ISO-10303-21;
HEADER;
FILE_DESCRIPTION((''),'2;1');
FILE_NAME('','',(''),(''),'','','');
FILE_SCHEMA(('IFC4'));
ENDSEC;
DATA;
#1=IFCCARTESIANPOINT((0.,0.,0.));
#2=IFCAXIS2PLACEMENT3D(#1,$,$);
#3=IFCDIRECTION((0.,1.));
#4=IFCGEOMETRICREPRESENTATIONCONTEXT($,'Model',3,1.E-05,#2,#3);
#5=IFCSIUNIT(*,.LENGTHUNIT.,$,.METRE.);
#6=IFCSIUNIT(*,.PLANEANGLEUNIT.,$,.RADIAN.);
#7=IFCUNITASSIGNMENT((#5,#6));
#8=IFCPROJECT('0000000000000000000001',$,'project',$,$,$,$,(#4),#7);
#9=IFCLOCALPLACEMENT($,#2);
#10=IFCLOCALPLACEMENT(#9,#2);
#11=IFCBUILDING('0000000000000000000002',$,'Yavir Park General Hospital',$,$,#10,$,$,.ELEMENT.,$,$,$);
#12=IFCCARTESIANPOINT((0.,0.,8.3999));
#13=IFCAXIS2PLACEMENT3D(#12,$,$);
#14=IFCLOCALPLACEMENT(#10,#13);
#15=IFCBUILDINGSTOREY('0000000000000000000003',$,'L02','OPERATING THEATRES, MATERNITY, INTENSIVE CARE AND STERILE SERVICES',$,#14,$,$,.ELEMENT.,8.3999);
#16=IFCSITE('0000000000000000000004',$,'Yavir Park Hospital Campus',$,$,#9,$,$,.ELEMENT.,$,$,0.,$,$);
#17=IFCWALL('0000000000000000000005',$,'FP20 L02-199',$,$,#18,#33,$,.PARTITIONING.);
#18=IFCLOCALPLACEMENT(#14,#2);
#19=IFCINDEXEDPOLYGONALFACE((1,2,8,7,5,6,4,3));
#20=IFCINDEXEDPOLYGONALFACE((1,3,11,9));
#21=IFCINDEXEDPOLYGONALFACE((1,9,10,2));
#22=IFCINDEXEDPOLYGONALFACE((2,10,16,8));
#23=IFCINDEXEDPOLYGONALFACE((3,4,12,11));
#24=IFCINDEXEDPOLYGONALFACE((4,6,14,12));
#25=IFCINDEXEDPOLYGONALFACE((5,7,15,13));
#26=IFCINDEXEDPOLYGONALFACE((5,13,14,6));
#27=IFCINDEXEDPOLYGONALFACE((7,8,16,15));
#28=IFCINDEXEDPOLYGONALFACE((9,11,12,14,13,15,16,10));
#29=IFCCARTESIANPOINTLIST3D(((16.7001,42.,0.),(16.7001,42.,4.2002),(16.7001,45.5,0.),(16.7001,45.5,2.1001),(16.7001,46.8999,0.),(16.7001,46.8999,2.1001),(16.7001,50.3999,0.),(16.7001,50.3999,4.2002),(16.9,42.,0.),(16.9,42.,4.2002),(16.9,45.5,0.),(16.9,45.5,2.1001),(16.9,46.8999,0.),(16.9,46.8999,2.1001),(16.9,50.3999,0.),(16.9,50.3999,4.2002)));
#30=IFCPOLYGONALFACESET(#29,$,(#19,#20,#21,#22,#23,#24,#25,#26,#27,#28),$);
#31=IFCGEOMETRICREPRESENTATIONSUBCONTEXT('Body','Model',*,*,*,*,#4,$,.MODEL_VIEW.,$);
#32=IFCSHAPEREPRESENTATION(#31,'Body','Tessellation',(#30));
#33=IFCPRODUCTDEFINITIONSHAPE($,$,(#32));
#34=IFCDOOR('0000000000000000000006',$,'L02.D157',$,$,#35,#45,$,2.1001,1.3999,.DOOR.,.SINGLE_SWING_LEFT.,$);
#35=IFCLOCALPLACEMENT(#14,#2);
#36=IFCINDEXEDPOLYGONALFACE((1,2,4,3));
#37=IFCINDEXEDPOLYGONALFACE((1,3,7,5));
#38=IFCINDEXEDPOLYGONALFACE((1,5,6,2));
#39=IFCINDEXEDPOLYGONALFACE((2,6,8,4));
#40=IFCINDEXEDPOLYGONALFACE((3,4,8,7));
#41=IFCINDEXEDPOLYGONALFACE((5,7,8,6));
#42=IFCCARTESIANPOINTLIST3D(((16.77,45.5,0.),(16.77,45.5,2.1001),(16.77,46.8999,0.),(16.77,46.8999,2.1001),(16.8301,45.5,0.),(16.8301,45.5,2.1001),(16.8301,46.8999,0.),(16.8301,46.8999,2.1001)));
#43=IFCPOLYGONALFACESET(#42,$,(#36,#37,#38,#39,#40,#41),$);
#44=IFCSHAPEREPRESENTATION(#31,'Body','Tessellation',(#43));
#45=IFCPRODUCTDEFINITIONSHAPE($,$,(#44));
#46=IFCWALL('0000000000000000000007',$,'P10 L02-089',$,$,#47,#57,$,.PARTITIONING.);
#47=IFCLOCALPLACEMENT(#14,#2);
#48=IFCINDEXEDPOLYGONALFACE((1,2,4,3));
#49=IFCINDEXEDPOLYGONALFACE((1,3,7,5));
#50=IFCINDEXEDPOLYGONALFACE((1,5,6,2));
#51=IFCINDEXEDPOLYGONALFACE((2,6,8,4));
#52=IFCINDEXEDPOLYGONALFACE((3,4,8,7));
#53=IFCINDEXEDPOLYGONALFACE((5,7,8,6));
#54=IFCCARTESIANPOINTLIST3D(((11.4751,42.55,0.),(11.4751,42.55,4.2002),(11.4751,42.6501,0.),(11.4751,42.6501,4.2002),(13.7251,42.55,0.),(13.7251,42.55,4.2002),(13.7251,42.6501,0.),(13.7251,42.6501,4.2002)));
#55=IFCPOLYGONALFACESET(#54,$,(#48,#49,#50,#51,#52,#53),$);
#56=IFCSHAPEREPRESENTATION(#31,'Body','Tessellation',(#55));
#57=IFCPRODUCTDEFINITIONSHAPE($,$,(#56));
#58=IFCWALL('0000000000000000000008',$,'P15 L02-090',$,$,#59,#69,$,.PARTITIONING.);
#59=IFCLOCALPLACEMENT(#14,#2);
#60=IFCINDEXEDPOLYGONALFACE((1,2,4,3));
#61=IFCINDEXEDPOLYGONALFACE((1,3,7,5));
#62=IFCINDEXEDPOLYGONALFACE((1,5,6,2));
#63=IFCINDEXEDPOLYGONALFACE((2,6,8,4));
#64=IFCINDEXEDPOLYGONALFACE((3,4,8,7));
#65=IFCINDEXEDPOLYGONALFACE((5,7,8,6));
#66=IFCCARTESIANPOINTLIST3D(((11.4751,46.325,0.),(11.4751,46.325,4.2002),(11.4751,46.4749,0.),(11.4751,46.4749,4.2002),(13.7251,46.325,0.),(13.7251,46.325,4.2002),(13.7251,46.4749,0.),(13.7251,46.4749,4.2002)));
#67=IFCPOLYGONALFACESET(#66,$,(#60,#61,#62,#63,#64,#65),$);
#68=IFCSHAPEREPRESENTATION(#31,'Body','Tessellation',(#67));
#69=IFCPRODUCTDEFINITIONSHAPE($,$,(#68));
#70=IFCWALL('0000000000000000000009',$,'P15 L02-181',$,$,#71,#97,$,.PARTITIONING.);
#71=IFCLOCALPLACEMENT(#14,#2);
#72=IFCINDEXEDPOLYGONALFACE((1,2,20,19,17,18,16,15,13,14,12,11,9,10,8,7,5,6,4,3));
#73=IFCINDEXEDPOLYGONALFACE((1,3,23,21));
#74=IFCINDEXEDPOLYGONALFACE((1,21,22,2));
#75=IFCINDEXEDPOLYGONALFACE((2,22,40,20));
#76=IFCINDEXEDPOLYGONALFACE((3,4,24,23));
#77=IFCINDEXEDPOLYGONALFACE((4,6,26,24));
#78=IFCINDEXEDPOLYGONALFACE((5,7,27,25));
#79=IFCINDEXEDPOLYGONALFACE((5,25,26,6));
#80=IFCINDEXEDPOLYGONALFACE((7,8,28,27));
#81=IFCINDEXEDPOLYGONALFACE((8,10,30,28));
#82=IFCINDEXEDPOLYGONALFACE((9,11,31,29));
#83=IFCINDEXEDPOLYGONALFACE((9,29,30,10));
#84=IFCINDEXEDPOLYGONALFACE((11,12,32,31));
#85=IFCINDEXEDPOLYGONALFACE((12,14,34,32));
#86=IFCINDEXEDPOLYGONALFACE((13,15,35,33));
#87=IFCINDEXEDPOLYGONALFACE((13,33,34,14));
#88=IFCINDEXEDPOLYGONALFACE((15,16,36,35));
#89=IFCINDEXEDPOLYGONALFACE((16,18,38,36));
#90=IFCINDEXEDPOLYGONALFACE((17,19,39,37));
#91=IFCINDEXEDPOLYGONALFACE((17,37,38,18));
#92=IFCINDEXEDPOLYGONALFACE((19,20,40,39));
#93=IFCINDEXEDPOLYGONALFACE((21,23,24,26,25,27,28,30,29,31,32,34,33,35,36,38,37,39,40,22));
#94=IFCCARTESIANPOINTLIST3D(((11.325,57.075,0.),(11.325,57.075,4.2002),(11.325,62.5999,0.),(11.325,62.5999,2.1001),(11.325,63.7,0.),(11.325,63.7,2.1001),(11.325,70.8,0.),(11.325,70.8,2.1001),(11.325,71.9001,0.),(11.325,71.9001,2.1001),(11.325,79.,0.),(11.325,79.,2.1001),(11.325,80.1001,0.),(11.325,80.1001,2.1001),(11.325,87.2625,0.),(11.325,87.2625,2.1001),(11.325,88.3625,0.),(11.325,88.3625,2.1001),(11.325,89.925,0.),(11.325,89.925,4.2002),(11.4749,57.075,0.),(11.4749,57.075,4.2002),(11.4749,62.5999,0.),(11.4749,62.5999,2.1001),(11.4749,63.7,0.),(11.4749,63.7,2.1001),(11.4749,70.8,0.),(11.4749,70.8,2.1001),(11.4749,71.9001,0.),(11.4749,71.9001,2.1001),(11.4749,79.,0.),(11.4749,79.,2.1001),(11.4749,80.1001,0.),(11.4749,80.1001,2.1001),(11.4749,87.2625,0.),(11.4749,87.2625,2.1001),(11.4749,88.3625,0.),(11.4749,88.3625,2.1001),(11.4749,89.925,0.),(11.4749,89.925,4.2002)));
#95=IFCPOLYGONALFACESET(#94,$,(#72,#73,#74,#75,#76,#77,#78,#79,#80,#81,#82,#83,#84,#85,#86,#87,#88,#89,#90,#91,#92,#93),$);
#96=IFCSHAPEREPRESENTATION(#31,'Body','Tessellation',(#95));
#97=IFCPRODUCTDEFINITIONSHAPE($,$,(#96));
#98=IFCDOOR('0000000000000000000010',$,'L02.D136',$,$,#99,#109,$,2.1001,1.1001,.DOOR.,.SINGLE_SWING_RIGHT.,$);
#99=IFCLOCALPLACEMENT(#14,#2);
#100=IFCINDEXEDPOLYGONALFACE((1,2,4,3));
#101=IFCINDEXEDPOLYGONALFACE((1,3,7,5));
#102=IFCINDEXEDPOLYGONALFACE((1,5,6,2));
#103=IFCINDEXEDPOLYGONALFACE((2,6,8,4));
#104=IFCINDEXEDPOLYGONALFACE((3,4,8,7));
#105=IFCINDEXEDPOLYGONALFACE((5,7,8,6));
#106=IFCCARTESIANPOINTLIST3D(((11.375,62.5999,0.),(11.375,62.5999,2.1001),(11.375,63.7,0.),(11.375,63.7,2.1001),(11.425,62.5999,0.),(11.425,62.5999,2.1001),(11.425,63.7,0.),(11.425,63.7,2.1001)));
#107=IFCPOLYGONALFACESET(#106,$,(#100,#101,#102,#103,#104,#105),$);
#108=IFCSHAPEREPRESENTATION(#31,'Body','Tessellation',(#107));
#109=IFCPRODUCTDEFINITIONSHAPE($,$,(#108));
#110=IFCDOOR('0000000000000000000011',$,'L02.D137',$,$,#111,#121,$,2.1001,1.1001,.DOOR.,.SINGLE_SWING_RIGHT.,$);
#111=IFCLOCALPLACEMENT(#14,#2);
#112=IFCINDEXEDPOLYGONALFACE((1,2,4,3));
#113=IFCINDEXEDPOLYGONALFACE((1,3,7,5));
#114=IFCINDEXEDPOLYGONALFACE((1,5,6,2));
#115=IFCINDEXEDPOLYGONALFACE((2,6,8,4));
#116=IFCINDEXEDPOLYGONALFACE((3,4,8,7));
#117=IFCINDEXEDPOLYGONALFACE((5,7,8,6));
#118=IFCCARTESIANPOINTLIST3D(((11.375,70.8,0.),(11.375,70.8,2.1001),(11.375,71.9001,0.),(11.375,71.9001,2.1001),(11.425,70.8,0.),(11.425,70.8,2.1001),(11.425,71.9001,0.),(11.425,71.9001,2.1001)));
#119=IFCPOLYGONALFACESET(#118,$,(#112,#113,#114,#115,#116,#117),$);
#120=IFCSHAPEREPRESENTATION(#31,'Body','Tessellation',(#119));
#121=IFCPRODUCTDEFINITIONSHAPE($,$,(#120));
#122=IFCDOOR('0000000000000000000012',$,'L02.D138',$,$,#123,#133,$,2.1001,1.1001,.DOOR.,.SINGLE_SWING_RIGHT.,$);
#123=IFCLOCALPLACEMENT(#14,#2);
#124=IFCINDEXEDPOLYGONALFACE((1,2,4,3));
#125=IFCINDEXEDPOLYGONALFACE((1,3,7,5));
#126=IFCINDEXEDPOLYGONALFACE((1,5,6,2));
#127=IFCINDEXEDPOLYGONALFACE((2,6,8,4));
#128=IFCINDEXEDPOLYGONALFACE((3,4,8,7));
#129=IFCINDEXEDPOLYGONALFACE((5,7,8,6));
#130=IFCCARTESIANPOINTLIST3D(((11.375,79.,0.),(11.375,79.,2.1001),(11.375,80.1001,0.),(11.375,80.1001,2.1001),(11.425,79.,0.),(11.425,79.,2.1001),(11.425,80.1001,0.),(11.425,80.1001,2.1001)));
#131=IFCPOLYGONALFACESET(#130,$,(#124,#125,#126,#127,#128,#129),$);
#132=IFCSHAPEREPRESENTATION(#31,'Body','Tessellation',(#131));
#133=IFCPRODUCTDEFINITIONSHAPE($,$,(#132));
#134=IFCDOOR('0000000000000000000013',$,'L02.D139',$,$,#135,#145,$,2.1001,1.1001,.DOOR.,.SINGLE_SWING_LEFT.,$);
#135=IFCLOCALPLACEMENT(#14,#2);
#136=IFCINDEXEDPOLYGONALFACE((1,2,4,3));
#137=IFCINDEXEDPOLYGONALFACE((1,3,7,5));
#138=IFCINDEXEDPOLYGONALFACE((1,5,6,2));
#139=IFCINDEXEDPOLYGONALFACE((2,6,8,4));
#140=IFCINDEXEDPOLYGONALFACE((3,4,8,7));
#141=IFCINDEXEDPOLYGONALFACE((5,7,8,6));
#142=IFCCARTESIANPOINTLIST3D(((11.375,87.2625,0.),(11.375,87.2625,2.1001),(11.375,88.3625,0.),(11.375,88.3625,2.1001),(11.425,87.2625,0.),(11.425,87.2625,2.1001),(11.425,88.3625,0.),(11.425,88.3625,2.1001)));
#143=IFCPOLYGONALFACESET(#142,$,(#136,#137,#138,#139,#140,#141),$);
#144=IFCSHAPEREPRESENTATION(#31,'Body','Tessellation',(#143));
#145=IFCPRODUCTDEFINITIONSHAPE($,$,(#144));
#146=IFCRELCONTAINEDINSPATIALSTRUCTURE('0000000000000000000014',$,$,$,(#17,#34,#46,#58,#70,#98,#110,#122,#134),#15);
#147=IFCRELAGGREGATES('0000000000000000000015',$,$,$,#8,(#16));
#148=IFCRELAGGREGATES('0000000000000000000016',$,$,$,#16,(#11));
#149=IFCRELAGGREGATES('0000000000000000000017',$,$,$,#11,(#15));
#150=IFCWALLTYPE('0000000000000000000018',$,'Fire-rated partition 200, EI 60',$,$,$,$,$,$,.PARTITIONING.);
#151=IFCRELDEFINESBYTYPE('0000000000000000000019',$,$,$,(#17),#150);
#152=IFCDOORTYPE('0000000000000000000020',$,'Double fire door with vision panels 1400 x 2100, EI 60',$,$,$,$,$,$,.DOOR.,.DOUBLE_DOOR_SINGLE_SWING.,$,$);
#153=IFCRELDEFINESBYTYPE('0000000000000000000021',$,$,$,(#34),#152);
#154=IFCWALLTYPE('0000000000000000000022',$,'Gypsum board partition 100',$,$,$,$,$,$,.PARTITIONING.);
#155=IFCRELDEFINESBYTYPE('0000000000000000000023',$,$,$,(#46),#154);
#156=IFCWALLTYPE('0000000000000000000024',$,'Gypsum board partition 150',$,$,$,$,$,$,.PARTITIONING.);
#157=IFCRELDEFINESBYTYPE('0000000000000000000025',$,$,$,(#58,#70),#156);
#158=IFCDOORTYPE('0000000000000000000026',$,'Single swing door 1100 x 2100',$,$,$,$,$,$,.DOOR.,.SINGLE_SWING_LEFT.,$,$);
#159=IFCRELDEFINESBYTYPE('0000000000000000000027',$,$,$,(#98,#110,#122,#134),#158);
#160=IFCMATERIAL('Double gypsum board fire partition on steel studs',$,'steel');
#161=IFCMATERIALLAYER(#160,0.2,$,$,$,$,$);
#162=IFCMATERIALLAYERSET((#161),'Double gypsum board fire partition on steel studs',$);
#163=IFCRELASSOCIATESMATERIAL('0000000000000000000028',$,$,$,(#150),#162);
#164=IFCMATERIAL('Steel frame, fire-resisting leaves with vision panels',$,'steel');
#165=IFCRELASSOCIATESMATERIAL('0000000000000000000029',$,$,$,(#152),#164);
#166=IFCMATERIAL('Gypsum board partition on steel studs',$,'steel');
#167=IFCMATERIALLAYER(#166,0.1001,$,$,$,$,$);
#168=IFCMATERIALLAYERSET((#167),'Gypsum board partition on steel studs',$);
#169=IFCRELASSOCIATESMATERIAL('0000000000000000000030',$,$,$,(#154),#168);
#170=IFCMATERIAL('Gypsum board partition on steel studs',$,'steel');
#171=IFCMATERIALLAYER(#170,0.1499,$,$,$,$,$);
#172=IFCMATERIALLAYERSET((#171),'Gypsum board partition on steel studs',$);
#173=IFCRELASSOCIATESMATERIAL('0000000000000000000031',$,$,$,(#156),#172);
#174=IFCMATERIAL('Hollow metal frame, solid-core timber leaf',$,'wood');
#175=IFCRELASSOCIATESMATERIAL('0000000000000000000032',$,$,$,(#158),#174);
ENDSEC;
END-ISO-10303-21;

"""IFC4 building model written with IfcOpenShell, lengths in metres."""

from ifc_helpers import new_model, si_unit, direction, frame, frame_2d, origin, place, context, subcontext, project, spatial, rectangle, extrude, material, layer, layer_set, type_object, element, fill, save


model = new_model("IFC4")

# Units and contexts
model_context = context("Model", 3, precision=1e-05, world=origin(), true_north=direction((0.0, 1.0)))
body_context = subcontext(model_context, "Body", "Model", "MODEL_VIEW")
ifc_project = project(units=[si_unit("LENGTHUNIT", "METRE"), si_unit("PLANEANGLEUNIT", "RADIAN")], contexts=[model_context])

# Site, building, storey
site_placement = place(None, origin())
site = spatial("IfcSite", under=ifc_project, at=site_placement, Name="Yavir Park Hospital Campus", CompositionType="ELEMENT", RefElevation=0.0)
building_placement = place(site_placement, origin())
building = spatial("IfcBuilding", under=site, at=building_placement, Name="Yavir Park General Hospital", CompositionType="ELEMENT")
storey_placement = place(building_placement, frame((0.0, 0.0, 8.3999)))
storey = spatial("IfcBuildingStorey", under=building, at=storey_placement, Name="L02", Description="OPERATING THEATRES, MATERNITY, INTENSIVE CARE AND STERILE SERVICES", CompositionType="ELEMENT", Elevation=8.3999)

# Wall, opening, door
ifc_material_1 = material(Name="Double gypsum board fire partition on steel studs", Category="steel")
ifc_layer_1 = layer(ifc_material_1, 0.2)
ifc_layer_set_1 = layer_set([ifc_layer_1], Name="Double gypsum board fire partition on steel studs")
wall_type_1 = type_object("IfcWallType", Name="Fire-rated partition 200, EI 60", PredefinedType="PARTITIONING", material=ifc_layer_set_1)
wall_1_placement = place(storey_placement, frame((16.8, 42.0, 0.0), z_axis=(0.0, 0.0, 1.0), x_axis=(0.0, 1.0, 0.0)))
wall_1 = element("IfcWall", 1, at=wall_1_placement, inside=storey, type_object=wall_type_1, Name="FP20 L02-199", PredefinedType="PARTITIONING", context=body_context, shape_type="SweptSolid", body=[
    extrude(rectangle(XDim=8.3999, YDim=0.2, at=frame_2d((4.2, 0.0))), origin(), (0.0, 0.0, 1.0), 4.2002),
])
opening_1_placement = place(wall_1_placement, frame((3.5, 0.0, 0.0)))
opening_1 = element("IfcOpeningElement", 2, at=opening_1_placement, cuts=wall_1, PredefinedType="OPENING", context=body_context, shape_type="SweptSolid", body=[
    extrude(rectangle(XDim=1.3999, YDim=2.1001, at=frame_2d((0.7, 1.05))), frame((0.0, 0.1099, 0.0), z_axis=(0.0, -1.0, 0.0), x_axis=(1.0, 0.0, 0.0)), (0.0, 0.0, 1.0), 0.22),
])
ifc_material_2 = material(Name="Steel frame, fire-resisting leaves with vision panels", Category="steel")
door_type_1 = type_object("IfcDoorType", Name="Double fire door with vision panels 1400 x 2100, EI 60", OperationType="DOUBLE_DOOR_SINGLE_SWING", PredefinedType="DOOR", material=ifc_material_2)
door_1_placement = place(opening_1_placement, origin())
door_1 = element("IfcDoor", 3, at=door_1_placement, inside=storey, type_object=door_type_1, Name="L02.D157", OperationType="SINGLE_SWING_LEFT", OverallHeight=2.1001, OverallWidth=1.3999, PredefinedType="DOOR", context=body_context, shape_type="SweptSolid", body=[
    extrude(rectangle(XDim=1.3999, YDim=2.1001, at=frame_2d((0.7, 1.05))), frame((0.0, 0.03, 0.0), z_axis=(0.0, -1.0, 0.0), x_axis=(1.0, 0.0, 0.0)), (0.0, 0.0, 1.0), 0.0601),
])
fill(opening_1, door_1)

# Walls
ifc_material_3 = material(Name="Gypsum board partition on steel studs", Category="steel")
ifc_layer_2 = layer(ifc_material_3, 0.1001)
ifc_layer_set_2 = layer_set([ifc_layer_2], Name="Gypsum board partition on steel studs")
wall_type_2 = type_object("IfcWallType", Name="Gypsum board partition 100", PredefinedType="PARTITIONING", material=ifc_layer_set_2)
wall_2_placement = place(storey_placement, frame((11.4751, 42.6001, 0.0), z_axis=(0.0, 0.0, 1.0), x_axis=(1.0, 0.0, 0.0)))
element("IfcWall", 4, at=wall_2_placement, inside=storey, type_object=wall_type_2, Name="P10 L02-089", PredefinedType="PARTITIONING", context=body_context, shape_type="SweptSolid", body=[
    extrude(rectangle(XDim=2.25, YDim=0.1001, at=frame_2d((1.125, 0.0))), origin(), (0.0, 0.0, 1.0), 4.2002),
])
ifc_material_4 = material(Name="Gypsum board partition on steel studs", Category="steel")
ifc_layer_3 = layer(ifc_material_4, 0.1499)
ifc_layer_set_3 = layer_set([ifc_layer_3], Name="Gypsum board partition on steel studs")
wall_type_3 = type_object("IfcWallType", Name="Gypsum board partition 150", PredefinedType="PARTITIONING", material=ifc_layer_set_3)
wall_3_placement = place(storey_placement, frame((11.4751, 46.3999, 0.0), z_axis=(0.0, 0.0, 1.0), x_axis=(1.0, 0.0, 0.0)))
element("IfcWall", 5, at=wall_3_placement, inside=storey, type_object=wall_type_3, Name="P15 L02-090", PredefinedType="PARTITIONING", context=body_context, shape_type="SweptSolid", body=[
    extrude(rectangle(XDim=2.25, YDim=0.1499, at=frame_2d((1.125, 0.0))), origin(), (0.0, 0.0, 1.0), 4.2002),
])

# Wall, openings, doors
wall_4_placement = place(storey_placement, frame((11.3999, 57.075, 0.0), z_axis=(0.0, 0.0, 1.0), x_axis=(0.0, 1.0, 0.0)))
wall_4 = element("IfcWall", 6, at=wall_4_placement, inside=storey, type_object=wall_type_3, Name="P15 L02-181", PredefinedType="PARTITIONING", context=body_context, shape_type="SweptSolid", body=[
    extrude(rectangle(XDim=32.8501, YDim=0.1499, at=frame_2d((16.425, 0.0))), origin(), (0.0, 0.0, 1.0), 4.2002),
])
opening_2_placement = place(wall_4_placement, frame((5.5249, 0.0, 0.0)))
opening_2 = element("IfcOpeningElement", 7, at=opening_2_placement, cuts=wall_4, PredefinedType="OPENING", context=body_context, shape_type="SweptSolid", body=[
    extrude(rectangle(XDim=1.1001, YDim=2.1001, at=frame_2d((0.55, 1.05))), frame((0.0, 0.085, 0.0), z_axis=(0.0, -1.0, 0.0), x_axis=(1.0, 0.0, 0.0)), (0.0, 0.0, 1.0), 0.1699),
])
opening_3_placement = place(wall_4_placement, frame((13.7251, 0.0, 0.0)))
opening_3 = element("IfcOpeningElement", 8, at=opening_3_placement, cuts=wall_4, PredefinedType="OPENING", context=body_context, shape_type="SweptSolid", body=[
    extrude(rectangle(XDim=1.1001, YDim=2.1001, at=frame_2d((0.55, 1.05))), frame((0.0, 0.085, 0.0), z_axis=(0.0, -1.0, 0.0), x_axis=(1.0, 0.0, 0.0)), (0.0, 0.0, 1.0), 0.1699),
])
opening_4_placement = place(wall_4_placement, frame((21.925, 0.0, 0.0)))
opening_4 = element("IfcOpeningElement", 9, at=opening_4_placement, cuts=wall_4, PredefinedType="OPENING", context=body_context, shape_type="SweptSolid", body=[
    extrude(rectangle(XDim=1.1001, YDim=2.1001, at=frame_2d((0.55, 1.05))), frame((0.0, 0.085, 0.0), z_axis=(0.0, -1.0, 0.0), x_axis=(1.0, 0.0, 0.0)), (0.0, 0.0, 1.0), 0.1699),
])
opening_5_placement = place(wall_4_placement, frame((30.1875, 0.0, 0.0)))
opening_5 = element("IfcOpeningElement", 10, at=opening_5_placement, cuts=wall_4, PredefinedType="OPENING", context=body_context, shape_type="SweptSolid", body=[
    extrude(rectangle(XDim=1.1001, YDim=2.1001, at=frame_2d((0.55, 1.05))), frame((0.0, 0.085, 0.0), z_axis=(0.0, -1.0, 0.0), x_axis=(1.0, 0.0, 0.0)), (0.0, 0.0, 1.0), 0.1699),
])
ifc_material_5 = material(Name="Hollow metal frame, solid-core timber leaf", Category="wood")
door_type_2 = type_object("IfcDoorType", Name="Single swing door 1100 x 2100", OperationType="SINGLE_SWING_LEFT", PredefinedType="DOOR", material=ifc_material_5)
door_2_placement = place(opening_2_placement, origin())
door_2 = element("IfcDoor", 11, at=door_2_placement, inside=storey, type_object=door_type_2, Name="L02.D136", OperationType="SINGLE_SWING_RIGHT", OverallHeight=2.1001, OverallWidth=1.1001, PredefinedType="DOOR", context=body_context, shape_type="SweptSolid", body=[
    extrude(rectangle(XDim=1.1001, YDim=2.1001, at=frame_2d((0.55, 1.05))), frame((0.0, 0.0249, 0.0), z_axis=(0.0, -1.0, 0.0), x_axis=(1.0, 0.0, 0.0)), (0.0, 0.0, 1.0), 0.05),
])
fill(opening_2, door_2)
door_3_placement = place(opening_3_placement, origin())
door_3 = element("IfcDoor", 12, at=door_3_placement, inside=storey, type_object=door_type_2, Name="L02.D137", OperationType="SINGLE_SWING_RIGHT", OverallHeight=2.1001, OverallWidth=1.1001, PredefinedType="DOOR", context=body_context, shape_type="SweptSolid", body=[
    extrude(rectangle(XDim=1.1001, YDim=2.1001, at=frame_2d((0.55, 1.05))), frame((0.0, 0.0249, 0.0), z_axis=(0.0, -1.0, 0.0), x_axis=(1.0, 0.0, 0.0)), (0.0, 0.0, 1.0), 0.05),
])
fill(opening_3, door_3)
door_4_placement = place(opening_4_placement, origin())
door_4 = element("IfcDoor", 13, at=door_4_placement, inside=storey, type_object=door_type_2, Name="L02.D138", OperationType="SINGLE_SWING_RIGHT", OverallHeight=2.1001, OverallWidth=1.1001, PredefinedType="DOOR", context=body_context, shape_type="SweptSolid", body=[
    extrude(rectangle(XDim=1.1001, YDim=2.1001, at=frame_2d((0.55, 1.05))), frame((0.0, 0.0249, 0.0), z_axis=(0.0, -1.0, 0.0), x_axis=(1.0, 0.0, 0.0)), (0.0, 0.0, 1.0), 0.05),
])
fill(opening_4, door_4)
door_5_placement = place(opening_5_placement, origin())
door_5 = element("IfcDoor", 14, at=door_5_placement, inside=storey, type_object=door_type_2, Name="L02.D139", OperationType="SINGLE_SWING_LEFT", OverallHeight=2.1001, OverallWidth=1.1001, PredefinedType="DOOR", context=body_context, shape_type="SweptSolid", body=[
    extrude(rectangle(XDim=1.1001, YDim=2.1001, at=frame_2d((0.55, 1.05))), frame((0.0, 0.0249, 0.0), z_axis=(0.0, -1.0, 0.0), x_axis=(1.0, 0.0, 0.0)), (0.0, 0.0, 1.0), 0.05),
])
fill(opening_5, door_5)

save(model, "model.ifc")
